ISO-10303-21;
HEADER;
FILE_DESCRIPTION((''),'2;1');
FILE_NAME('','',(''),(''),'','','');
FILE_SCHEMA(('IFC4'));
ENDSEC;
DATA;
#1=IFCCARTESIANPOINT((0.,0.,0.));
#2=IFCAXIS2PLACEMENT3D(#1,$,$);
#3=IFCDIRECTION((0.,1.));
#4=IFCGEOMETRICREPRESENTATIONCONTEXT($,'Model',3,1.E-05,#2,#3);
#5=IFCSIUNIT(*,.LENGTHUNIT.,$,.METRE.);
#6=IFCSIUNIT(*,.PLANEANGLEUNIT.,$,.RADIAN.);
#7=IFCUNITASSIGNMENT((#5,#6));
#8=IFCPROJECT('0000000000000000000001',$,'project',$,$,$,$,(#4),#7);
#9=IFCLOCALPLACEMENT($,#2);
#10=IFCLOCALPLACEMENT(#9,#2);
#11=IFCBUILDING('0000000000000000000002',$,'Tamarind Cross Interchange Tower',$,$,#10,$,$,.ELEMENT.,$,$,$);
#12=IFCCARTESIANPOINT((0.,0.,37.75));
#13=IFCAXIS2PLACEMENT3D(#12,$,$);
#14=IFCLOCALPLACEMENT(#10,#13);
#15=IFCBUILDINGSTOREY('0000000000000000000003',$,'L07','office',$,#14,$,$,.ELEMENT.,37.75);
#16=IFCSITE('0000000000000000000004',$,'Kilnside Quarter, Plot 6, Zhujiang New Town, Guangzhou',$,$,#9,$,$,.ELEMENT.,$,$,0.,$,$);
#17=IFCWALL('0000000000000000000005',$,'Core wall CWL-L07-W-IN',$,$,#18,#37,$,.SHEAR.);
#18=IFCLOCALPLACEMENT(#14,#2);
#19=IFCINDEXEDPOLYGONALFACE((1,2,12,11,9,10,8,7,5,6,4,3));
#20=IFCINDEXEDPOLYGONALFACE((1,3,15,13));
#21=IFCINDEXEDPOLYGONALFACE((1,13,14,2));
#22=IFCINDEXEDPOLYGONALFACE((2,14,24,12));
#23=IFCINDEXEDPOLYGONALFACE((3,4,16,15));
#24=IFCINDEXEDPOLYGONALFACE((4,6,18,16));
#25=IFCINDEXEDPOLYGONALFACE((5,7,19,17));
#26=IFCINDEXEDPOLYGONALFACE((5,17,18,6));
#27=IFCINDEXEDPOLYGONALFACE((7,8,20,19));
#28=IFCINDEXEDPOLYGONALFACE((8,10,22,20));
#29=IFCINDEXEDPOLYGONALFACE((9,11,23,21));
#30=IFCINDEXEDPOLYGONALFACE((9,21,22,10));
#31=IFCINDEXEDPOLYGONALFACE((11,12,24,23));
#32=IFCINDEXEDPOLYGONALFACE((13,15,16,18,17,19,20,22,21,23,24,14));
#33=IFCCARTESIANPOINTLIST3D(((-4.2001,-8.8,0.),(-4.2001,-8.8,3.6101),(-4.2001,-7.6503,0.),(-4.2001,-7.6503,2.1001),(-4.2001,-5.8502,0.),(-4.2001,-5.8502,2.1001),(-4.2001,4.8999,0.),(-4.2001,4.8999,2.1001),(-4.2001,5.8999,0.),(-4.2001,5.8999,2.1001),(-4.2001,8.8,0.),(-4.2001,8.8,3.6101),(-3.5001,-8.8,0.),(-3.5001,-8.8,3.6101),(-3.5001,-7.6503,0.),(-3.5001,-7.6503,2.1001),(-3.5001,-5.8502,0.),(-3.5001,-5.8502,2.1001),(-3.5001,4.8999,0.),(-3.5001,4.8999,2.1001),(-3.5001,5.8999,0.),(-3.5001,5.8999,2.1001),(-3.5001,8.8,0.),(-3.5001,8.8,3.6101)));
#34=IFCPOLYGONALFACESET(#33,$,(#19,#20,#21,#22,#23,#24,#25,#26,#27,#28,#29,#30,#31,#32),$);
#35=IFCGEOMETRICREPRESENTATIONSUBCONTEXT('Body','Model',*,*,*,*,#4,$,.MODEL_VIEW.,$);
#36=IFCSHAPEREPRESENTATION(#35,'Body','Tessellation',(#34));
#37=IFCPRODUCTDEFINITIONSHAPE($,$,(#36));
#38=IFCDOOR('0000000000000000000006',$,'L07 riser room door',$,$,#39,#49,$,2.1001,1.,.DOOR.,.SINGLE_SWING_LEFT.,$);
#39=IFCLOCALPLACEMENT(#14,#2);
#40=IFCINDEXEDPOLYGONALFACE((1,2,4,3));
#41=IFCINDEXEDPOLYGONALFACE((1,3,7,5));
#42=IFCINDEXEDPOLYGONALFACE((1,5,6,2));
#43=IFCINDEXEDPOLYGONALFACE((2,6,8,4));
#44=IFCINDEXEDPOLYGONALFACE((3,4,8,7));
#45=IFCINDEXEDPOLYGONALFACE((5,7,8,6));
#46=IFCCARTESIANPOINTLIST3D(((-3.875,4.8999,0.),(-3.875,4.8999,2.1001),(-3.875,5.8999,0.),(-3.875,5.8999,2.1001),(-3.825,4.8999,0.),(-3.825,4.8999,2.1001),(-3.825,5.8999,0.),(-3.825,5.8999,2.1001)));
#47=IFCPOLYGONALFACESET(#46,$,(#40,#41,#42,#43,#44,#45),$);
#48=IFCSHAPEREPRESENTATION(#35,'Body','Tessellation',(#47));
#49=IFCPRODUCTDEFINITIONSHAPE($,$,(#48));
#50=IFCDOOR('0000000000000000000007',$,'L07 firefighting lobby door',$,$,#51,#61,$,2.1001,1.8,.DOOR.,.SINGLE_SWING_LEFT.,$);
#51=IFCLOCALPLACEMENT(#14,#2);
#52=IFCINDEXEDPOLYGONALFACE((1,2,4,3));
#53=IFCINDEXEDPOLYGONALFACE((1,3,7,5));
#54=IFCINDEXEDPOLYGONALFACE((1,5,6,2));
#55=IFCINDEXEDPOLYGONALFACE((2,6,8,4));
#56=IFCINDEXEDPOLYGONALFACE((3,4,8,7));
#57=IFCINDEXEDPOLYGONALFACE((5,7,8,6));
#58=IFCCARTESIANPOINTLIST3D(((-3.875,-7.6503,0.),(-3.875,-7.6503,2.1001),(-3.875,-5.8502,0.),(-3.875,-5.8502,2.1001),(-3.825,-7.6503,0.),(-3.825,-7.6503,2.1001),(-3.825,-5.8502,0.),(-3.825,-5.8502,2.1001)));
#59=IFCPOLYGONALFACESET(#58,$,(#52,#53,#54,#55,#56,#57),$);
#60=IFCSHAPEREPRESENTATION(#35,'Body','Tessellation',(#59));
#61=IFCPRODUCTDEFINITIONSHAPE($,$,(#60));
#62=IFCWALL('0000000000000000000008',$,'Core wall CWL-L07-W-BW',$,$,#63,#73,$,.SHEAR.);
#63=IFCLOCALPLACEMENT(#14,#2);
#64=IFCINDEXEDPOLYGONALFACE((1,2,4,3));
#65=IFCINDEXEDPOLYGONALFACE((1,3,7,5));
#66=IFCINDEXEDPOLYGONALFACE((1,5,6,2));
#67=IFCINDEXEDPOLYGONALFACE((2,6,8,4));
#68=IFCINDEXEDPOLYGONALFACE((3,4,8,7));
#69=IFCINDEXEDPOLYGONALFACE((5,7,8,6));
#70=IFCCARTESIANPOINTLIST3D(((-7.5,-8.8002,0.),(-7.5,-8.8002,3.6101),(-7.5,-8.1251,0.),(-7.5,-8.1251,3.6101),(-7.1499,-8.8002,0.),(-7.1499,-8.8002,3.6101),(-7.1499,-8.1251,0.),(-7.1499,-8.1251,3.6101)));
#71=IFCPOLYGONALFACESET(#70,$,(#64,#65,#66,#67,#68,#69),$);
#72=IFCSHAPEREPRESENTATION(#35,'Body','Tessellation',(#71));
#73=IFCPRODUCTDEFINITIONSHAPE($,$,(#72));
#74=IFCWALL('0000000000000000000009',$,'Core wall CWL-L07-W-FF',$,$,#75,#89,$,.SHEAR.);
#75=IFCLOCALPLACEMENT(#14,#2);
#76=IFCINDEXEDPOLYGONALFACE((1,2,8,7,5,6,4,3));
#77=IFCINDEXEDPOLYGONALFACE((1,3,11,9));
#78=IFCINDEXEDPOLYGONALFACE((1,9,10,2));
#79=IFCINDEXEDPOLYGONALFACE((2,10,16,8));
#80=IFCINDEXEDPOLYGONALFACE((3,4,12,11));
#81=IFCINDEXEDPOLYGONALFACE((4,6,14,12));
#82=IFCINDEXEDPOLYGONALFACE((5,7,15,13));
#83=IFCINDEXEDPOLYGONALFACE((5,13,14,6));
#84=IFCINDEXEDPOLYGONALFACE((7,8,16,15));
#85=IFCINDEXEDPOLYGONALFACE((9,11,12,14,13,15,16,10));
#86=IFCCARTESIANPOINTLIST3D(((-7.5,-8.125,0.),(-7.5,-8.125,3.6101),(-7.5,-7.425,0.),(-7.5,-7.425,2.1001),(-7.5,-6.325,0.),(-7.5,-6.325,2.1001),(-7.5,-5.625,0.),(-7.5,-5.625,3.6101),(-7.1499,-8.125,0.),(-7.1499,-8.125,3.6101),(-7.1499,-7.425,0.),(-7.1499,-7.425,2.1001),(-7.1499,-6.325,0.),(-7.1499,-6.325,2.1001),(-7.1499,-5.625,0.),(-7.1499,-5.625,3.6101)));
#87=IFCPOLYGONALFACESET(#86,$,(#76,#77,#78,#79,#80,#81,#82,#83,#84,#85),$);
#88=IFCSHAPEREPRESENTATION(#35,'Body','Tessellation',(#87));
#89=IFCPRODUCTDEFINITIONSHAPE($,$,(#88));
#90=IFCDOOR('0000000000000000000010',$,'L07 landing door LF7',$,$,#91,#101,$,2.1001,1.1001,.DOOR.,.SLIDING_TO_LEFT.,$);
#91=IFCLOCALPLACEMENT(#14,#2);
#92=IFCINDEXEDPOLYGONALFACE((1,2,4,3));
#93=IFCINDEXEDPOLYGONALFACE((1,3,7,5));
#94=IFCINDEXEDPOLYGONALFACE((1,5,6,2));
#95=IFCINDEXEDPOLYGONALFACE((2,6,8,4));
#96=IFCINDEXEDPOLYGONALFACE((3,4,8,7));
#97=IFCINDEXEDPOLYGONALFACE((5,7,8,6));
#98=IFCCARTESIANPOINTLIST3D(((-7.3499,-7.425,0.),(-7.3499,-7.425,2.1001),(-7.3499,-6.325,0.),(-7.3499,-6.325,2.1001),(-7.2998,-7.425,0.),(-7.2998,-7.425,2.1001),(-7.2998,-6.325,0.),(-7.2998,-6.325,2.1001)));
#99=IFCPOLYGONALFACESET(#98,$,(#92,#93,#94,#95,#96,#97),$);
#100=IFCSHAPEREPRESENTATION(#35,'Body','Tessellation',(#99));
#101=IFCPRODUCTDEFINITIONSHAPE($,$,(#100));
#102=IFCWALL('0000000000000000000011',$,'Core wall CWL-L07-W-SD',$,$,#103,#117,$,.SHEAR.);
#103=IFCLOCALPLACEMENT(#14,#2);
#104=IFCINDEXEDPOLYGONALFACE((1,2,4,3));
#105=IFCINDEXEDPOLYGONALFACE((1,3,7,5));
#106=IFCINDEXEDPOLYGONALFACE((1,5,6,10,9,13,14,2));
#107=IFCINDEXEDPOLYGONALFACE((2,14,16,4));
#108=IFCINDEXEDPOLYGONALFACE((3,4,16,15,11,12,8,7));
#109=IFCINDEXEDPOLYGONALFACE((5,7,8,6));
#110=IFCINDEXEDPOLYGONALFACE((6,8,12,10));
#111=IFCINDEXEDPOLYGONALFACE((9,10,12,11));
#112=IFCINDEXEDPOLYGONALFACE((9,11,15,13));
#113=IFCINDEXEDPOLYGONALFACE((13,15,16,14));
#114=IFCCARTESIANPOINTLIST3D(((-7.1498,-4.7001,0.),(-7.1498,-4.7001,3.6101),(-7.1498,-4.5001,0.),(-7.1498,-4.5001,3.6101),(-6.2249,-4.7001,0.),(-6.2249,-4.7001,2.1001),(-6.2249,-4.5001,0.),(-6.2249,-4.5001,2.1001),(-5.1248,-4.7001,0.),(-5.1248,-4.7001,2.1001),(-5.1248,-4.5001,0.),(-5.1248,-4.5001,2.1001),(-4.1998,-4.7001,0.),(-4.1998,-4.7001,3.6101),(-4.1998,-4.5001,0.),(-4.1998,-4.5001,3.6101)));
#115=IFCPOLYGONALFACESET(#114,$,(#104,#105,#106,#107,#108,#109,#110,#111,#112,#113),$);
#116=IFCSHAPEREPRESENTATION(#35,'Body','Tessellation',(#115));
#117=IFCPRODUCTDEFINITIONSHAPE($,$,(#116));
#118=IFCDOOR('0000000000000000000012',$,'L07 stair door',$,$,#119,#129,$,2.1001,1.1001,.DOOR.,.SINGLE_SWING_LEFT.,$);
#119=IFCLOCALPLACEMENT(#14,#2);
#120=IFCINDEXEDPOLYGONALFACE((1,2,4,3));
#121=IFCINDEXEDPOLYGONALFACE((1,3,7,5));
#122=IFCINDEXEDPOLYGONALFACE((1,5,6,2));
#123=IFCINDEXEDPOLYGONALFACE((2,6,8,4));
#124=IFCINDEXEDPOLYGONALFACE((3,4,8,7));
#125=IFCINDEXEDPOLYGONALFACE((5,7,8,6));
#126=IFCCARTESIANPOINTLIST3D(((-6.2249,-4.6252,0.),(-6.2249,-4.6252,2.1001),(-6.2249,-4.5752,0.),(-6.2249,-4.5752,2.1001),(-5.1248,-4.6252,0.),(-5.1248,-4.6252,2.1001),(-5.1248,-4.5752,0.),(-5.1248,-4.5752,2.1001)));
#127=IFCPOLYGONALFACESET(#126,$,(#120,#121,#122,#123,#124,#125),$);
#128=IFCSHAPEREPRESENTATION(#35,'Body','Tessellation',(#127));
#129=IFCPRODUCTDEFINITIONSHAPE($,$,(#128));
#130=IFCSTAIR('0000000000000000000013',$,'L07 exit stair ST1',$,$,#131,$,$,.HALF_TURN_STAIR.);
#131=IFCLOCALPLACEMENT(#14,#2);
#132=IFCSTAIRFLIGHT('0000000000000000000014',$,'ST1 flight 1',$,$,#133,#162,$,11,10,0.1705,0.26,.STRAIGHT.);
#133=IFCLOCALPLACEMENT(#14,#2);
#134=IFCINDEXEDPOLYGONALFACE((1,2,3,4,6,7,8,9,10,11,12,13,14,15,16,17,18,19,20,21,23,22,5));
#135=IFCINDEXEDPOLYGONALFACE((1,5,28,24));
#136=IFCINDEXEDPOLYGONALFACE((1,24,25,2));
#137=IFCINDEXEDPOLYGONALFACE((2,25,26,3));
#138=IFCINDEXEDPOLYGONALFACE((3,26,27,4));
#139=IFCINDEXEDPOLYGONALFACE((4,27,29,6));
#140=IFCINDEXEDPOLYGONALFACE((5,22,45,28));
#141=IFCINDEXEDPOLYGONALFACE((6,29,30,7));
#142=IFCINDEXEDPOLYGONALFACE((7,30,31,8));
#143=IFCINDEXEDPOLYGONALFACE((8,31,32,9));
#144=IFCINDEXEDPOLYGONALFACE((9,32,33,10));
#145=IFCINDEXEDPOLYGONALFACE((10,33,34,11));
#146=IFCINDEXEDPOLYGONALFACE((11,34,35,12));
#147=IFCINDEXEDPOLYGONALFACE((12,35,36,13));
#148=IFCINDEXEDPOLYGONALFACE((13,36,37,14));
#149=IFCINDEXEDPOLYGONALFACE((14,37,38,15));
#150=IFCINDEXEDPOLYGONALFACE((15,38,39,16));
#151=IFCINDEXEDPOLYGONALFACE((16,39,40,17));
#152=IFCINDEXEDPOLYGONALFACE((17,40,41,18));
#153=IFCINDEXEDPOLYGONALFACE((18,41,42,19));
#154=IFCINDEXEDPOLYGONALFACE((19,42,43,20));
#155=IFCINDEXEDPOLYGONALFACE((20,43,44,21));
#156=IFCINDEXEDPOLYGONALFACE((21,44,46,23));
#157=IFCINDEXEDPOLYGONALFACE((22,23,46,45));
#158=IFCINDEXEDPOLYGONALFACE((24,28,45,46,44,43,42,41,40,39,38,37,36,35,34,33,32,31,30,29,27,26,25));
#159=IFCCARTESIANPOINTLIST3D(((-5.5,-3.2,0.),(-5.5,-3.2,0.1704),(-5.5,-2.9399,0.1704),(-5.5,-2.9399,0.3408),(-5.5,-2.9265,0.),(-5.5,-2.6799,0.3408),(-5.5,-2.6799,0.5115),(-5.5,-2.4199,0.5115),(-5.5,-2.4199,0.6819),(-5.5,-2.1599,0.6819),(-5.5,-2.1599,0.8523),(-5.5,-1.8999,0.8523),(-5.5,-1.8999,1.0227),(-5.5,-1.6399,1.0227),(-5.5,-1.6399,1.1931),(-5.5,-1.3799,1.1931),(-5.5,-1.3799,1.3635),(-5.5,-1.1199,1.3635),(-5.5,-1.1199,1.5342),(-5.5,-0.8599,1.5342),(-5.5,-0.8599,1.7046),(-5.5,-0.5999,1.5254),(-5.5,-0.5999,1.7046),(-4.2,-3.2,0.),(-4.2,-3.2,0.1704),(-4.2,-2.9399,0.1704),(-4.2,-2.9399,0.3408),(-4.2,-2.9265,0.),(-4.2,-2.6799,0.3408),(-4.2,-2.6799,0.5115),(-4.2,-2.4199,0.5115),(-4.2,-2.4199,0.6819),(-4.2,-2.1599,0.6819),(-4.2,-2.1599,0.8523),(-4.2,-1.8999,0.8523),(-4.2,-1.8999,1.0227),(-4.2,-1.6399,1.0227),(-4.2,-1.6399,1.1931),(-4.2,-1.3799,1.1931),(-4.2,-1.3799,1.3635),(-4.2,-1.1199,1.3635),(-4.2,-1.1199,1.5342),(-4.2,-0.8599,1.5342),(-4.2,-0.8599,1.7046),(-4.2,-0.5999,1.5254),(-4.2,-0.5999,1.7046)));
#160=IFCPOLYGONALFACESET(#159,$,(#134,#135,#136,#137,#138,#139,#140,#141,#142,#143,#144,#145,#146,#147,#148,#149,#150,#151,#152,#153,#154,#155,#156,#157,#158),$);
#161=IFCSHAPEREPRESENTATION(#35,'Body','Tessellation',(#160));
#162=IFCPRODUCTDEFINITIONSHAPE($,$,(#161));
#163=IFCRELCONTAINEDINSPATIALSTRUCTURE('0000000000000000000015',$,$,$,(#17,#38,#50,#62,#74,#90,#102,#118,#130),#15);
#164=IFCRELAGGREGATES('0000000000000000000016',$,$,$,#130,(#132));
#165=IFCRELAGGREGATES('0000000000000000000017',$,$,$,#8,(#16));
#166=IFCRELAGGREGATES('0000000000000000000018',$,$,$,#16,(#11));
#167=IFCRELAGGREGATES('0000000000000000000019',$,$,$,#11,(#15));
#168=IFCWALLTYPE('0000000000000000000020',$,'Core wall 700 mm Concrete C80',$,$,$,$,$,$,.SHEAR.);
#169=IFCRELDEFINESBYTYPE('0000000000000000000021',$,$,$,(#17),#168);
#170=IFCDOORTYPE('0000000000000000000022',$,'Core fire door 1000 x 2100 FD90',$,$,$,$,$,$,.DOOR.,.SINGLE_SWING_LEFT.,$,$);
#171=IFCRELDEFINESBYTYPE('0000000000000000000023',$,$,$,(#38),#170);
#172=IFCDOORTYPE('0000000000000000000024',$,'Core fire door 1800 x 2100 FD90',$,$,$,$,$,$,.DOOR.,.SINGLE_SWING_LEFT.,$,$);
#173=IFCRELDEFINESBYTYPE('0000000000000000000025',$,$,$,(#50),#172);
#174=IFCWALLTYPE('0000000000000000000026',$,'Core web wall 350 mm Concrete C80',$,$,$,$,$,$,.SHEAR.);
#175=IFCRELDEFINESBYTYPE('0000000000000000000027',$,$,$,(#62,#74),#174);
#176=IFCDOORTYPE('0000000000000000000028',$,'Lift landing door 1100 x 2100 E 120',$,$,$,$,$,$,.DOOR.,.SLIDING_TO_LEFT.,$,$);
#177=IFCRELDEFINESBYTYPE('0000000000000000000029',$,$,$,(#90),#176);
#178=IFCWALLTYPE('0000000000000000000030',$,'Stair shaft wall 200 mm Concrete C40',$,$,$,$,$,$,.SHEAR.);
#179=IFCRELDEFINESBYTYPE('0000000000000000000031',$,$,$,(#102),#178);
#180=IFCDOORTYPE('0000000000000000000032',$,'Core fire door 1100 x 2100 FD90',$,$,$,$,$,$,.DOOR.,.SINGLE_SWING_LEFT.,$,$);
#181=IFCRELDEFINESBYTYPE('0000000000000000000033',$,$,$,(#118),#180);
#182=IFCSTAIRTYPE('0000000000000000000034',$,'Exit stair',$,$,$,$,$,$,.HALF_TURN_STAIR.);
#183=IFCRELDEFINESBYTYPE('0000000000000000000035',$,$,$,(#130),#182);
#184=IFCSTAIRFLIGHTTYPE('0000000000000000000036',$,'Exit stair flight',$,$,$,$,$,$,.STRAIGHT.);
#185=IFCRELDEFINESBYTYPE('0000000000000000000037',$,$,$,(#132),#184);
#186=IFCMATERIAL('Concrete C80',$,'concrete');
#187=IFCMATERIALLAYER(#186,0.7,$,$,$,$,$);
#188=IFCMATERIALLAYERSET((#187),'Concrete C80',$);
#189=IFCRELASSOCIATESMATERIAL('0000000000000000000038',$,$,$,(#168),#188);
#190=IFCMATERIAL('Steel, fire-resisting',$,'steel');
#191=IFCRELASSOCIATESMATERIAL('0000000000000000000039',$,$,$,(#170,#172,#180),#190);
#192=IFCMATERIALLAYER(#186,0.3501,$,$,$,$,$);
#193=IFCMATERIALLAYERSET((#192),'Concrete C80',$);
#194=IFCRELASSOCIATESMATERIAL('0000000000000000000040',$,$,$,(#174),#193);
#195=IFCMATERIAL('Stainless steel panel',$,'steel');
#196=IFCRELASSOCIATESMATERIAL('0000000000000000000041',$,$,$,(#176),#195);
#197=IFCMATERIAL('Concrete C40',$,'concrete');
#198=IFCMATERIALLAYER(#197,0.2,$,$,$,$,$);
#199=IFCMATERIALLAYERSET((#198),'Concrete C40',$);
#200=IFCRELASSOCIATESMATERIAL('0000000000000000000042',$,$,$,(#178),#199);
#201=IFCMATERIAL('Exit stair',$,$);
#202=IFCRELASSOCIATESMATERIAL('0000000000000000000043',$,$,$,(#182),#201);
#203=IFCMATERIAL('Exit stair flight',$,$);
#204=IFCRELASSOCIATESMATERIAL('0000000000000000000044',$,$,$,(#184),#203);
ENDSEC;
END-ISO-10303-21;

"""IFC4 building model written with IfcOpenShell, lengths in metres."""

from ifc_helpers import new_model, si_unit, direction, frame, frame_2d, origin, place, context, subcontext, project, spatial, polyline, rectangle, outline, extrude, material, layer, layer_set, type_object, element, fill, aggregate, save


model = new_model("IFC4")

# Units and contexts
model_context = context("Model", 3, precision=1e-05, world=origin(), true_north=direction((0.0, 1.0)))
body_context = subcontext(model_context, "Body", "Model", "MODEL_VIEW")
ifc_project = project(units=[si_unit("LENGTHUNIT", "METRE"), si_unit("PLANEANGLEUNIT", "RADIAN")], contexts=[model_context])

# Site, building, storey
site_placement = place(None, origin())
site = spatial("IfcSite", under=ifc_project, at=site_placement, Name="Kilnside Quarter, Plot 6, Zhujiang New Town, Guangzhou", CompositionType="ELEMENT", RefElevation=0.0)
building_placement = place(site_placement, origin())
building = spatial("IfcBuilding", under=site, at=building_placement, Name="Tamarind Cross Interchange Tower", CompositionType="ELEMENT")
storey_placement = place(building_placement, frame((0.0, 0.0, 37.75)))
storey = spatial("IfcBuildingStorey", under=building, at=storey_placement, Name="L07", Description="office", CompositionType="ELEMENT", Elevation=37.75)

# Wall, openings, doors
ifc_material_1 = material(Name="Concrete C80", Category="concrete")
ifc_layer_1 = layer(ifc_material_1, 0.7)
ifc_layer_set_1 = layer_set([ifc_layer_1], Name="Concrete C80")
wall_type_1 = type_object("IfcWallType", Name="Core wall 700 mm Concrete C80", PredefinedType="SHEAR", material=ifc_layer_set_1)
wall_1_placement = place(storey_placement, frame((-3.8501, -8.8, 0.0), z_axis=(0.0, 0.0, 1.0), x_axis=(0.0, 1.0, 0.0)))
wall_1 = element("IfcWall", 1, at=wall_1_placement, inside=storey, type_object=wall_type_1, Name="Core wall CWL-L07-W-IN", PredefinedType="SHEAR", context=body_context, shape_type="SweptSolid", body=[
    extrude(rectangle(XDim=17.6001, YDim=0.7, at=frame_2d((8.8, 0.0))), origin(), (0.0, 0.0, 1.0), 3.6101),
])
opening_1_placement = place(wall_1_placement, frame((1.1499, 0.0, 0.0)))
opening_1 = element("IfcOpeningElement", 2, at=opening_1_placement, cuts=wall_1, PredefinedType="OPENING", context=body_context, shape_type="SweptSolid", body=[
    extrude(rectangle(XDim=1.8, YDim=2.1001, at=frame_2d((0.8999, 1.05))), frame((0.0, 0.3599, 0.0), z_axis=(0.0, -1.0, 0.0), x_axis=(1.0, 0.0, 0.0)), (0.0, 0.0, 1.0), 0.72),
])
opening_2_placement = place(wall_1_placement, frame((13.7, 0.0, 0.0)))
opening_2 = element("IfcOpeningElement", 3, at=opening_2_placement, cuts=wall_1, PredefinedType="OPENING", context=body_context, shape_type="SweptSolid", body=[
    extrude(rectangle(XDim=1.0, YDim=2.1001, at=frame_2d((0.5, 1.05))), frame((0.0, 0.3599, 0.0), z_axis=(0.0, -1.0, 0.0), x_axis=(1.0, 0.0, 0.0)), (0.0, 0.0, 1.0), 0.72),
])
ifc_material_2 = material(Name="Steel, fire-resisting", Category="steel")
door_type_1 = type_object("IfcDoorType", Name="Core fire door 1000 x 2100 FD90", OperationType="SINGLE_SWING_LEFT", PredefinedType="DOOR", material=ifc_material_2)
door_1_placement = place(opening_2_placement, origin())
door_1 = element("IfcDoor", 4, at=door_1_placement, inside=storey, type_object=door_type_1, Name="L07 riser room door", OperationType="SINGLE_SWING_LEFT", OverallHeight=2.1001, OverallWidth=1.0, PredefinedType="DOOR", context=body_context, shape_type="SweptSolid", body=[
    extrude(rectangle(XDim=1.0, YDim=2.1001, at=frame_2d((0.5, 1.05))), frame((0.0, 0.0249, 0.0), z_axis=(0.0, -1.0, 0.0), x_axis=(1.0, 0.0, 0.0)), (0.0, 0.0, 1.0), 0.05),
])
fill(opening_2, door_1)
door_type_2 = type_object("IfcDoorType", Name="Core fire door 1800 x 2100 FD90", OperationType="SINGLE_SWING_LEFT", PredefinedType="DOOR", material=ifc_material_2)
door_2_placement = place(opening_1_placement, origin())
door_2 = element("IfcDoor", 5, at=door_2_placement, inside=storey, type_object=door_type_2, Name="L07 firefighting lobby door", OperationType="SINGLE_SWING_LEFT", OverallHeight=2.1001, OverallWidth=1.8, PredefinedType="DOOR", context=body_context, shape_type="SweptSolid", body=[
    extrude(rectangle(XDim=1.8, YDim=2.1001, at=frame_2d((0.8999, 1.05))), frame((0.0, 0.0249, 0.0), z_axis=(0.0, -1.0, 0.0), x_axis=(1.0, 0.0, 0.0)), (0.0, 0.0, 1.0), 0.05),
])
fill(opening_1, door_2)

# Wall
ifc_layer_2 = layer(ifc_material_1, 0.3501)
ifc_layer_set_2 = layer_set([ifc_layer_2], Name="Concrete C80")
wall_type_2 = type_object("IfcWallType", Name="Core web wall 350 mm Concrete C80", PredefinedType="SHEAR", material=ifc_layer_set_2)
wall_2_placement = place(storey_placement, frame((-7.325, -8.8, 0.0), z_axis=(0.0, 0.0, 1.0), x_axis=(0.0, 1.0, 0.0)))
element("IfcWall", 6, at=wall_2_placement, inside=storey, type_object=wall_type_2, Name="Core wall CWL-L07-W-BW", PredefinedType="SHEAR", context=body_context, shape_type="SweptSolid", body=[
    extrude(rectangle(XDim=0.675, YDim=0.3501, at=frame_2d((0.3374, 0.0))), origin(), (0.0, 0.0, 1.0), 3.6101),
])

# Walls, openings, doors
wall_3_placement = place(storey_placement, frame((-7.325, -8.125, 0.0), z_axis=(0.0, 0.0, 1.0), x_axis=(0.0, 1.0, 0.0)))
wall_3 = element("IfcWall", 7, at=wall_3_placement, inside=storey, type_object=wall_type_2, Name="Core wall CWL-L07-W-FF", PredefinedType="SHEAR", context=body_context, shape_type="SweptSolid", body=[
    extrude(rectangle(XDim=2.5, YDim=0.3501, at=frame_2d((1.25, 0.0))), origin(), (0.0, 0.0, 1.0), 3.6101),
])
opening_3_placement = place(wall_3_placement, frame((0.7, 0.0, 0.0)))
opening_3 = element("IfcOpeningElement", 8, at=opening_3_placement, cuts=wall_3, PredefinedType="OPENING", context=body_context, shape_type="SweptSolid", body=[
    extrude(rectangle(XDim=1.1001, YDim=2.1001, at=frame_2d((0.55, 1.05))), frame((0.0, 0.1851, 0.0), z_axis=(0.0, -1.0, 0.0), x_axis=(1.0, 0.0, 0.0)), (0.0, 0.0, 1.0), 0.3701),
])
ifc_material_3 = material(Name="Stainless steel panel", Category="steel")
door_type_3 = type_object("IfcDoorType", Name="Lift landing door 1100 x 2100 E 120", OperationType="SLIDING_TO_LEFT", PredefinedType="DOOR", material=ifc_material_3)
door_3_placement = place(opening_3_placement, origin())
door_3 = element("IfcDoor", 9, at=door_3_placement, inside=storey, type_object=door_type_3, Name="L07 landing door LF7", OperationType="SLIDING_TO_LEFT", OverallHeight=2.1001, OverallWidth=1.1001, PredefinedType="DOOR", context=body_context, shape_type="SweptSolid", body=[
    extrude(rectangle(XDim=1.1001, YDim=2.1001, at=frame_2d((0.55, 1.05))), frame((0.0, 0.0249, 0.0), z_axis=(0.0, -1.0, 0.0), x_axis=(1.0, 0.0, 0.0)), (0.0, 0.0, 1.0), 0.05),
])
fill(opening_3, door_3)
ifc_material_4 = material(Name="Concrete C40", Category="concrete")
ifc_layer_3 = layer(ifc_material_4, 0.2)
ifc_layer_set_3 = layer_set([ifc_layer_3], Name="Concrete C40")
wall_type_3 = type_object("IfcWallType", Name="Stair shaft wall 200 mm Concrete C40", PredefinedType="SHEAR", material=ifc_layer_set_3)
wall_4_placement = place(storey_placement, frame((-7.1499, -4.6001, 0.0), z_axis=(0.0, 0.0, 1.0), x_axis=(1.0, 0.0, 0.0)))
wall_4 = element("IfcWall", 10, at=wall_4_placement, inside=storey, type_object=wall_type_3, Name="Core wall CWL-L07-W-SD", PredefinedType="SHEAR", context=body_context, shape_type="SweptSolid", body=[
    extrude(rectangle(XDim=2.95, YDim=0.2, at=frame_2d((1.4751, 0.0))), origin(), (0.0, 0.0, 1.0), 3.6101),
])
opening_4_placement = place(wall_4_placement, frame((0.925, 0.0, 0.0)))
opening_4 = element("IfcOpeningElement", 11, at=opening_4_placement, cuts=wall_4, PredefinedType="OPENING", context=body_context, shape_type="SweptSolid", body=[
    extrude(rectangle(XDim=1.1001, YDim=2.1001, at=frame_2d((0.55, 1.05))), frame((0.0, 0.1099, 0.0), z_axis=(0.0, -1.0, 0.0), x_axis=(1.0, 0.0, 0.0)), (0.0, 0.0, 1.0), 0.22),
])
door_type_4 = type_object("IfcDoorType", Name="Core fire door 1100 x 2100 FD90", OperationType="SINGLE_SWING_LEFT", PredefinedType="DOOR", material=ifc_material_2)
door_4_placement = place(opening_4_placement, origin())
door_4 = element("IfcDoor", 12, at=door_4_placement, inside=storey, type_object=door_type_4, Name="L07 stair door", OperationType="SINGLE_SWING_LEFT", OverallHeight=2.1001, OverallWidth=1.1001, PredefinedType="DOOR", context=body_context, shape_type="SweptSolid", body=[
    extrude(rectangle(XDim=1.1001, YDim=2.1001, at=frame_2d((0.55, 1.05))), frame((0.0, 0.0249, 0.0), z_axis=(0.0, -1.0, 0.0), x_axis=(1.0, 0.0, 0.0)), (0.0, 0.0, 1.0), 0.05),
])
fill(opening_4, door_4)

# Stair, stair flight
ifc_material_5 = material(Name="Exit stair")
stair_type = type_object("IfcStairType", Name="Exit stair", PredefinedType="HALF_TURN_STAIR", material=ifc_material_5)
stair_placement = place(storey_placement, origin())
stair = element("IfcStair", 13, at=stair_placement, inside=storey, type_object=stair_type, Name="L07 exit stair ST1", PredefinedType="HALF_TURN_STAIR")
ifc_material_6 = material(Name="Exit stair flight")
stair_flight_type = type_object("IfcStairFlightType", Name="Exit stair flight", PredefinedType="STRAIGHT", material=ifc_material_6)
stair_flight_1_placement = place(storey_placement, frame((-4.8501, -3.2, 0.0), z_axis=(0.0, 0.0, 1.0), x_axis=(0.0, 1.0, 0.0)))
stair_flight_1 = element("IfcStairFlight", 14, at=stair_flight_1_placement, type_object=stair_flight_type, Name="ST1 flight 1", NumberOfRisers=11, NumberOfTreads=10, PredefinedType="STRAIGHT", RiserHeight=0.1705, TreadLength=0.26, context=body_context, shape_type="SweptSolid", body=[
    extrude(outline(polyline([(0.0, 0.0), (0.0, 0.1704), (0.26, 0.1704), (0.26, 0.3408), (0.52, 0.3408), (0.52, 0.5115), (0.78, 0.5115), (0.78, 0.6819), (1.04, 0.6819), (1.04, 0.8523), (1.3, 0.8523), (1.3, 1.0227), (1.5601, 1.0227), (1.5601, 1.1931), (1.8201, 1.1931), (1.8201, 1.3635), (2.0801, 1.3635), (2.0801, 1.5342), (2.3401, 1.5342), (2.3401, 1.7046), (2.6001, 1.7046), (2.6001, 1.875), (2.6001, 1.5254), (0.2734, 0.0), (0.0, 0.0)])), frame((0.0, 0.6499, 0.0), z_axis=(0.0, -1.0, 0.0), x_axis=(1.0, 0.0, 0.0)), (0.0, 0.0, 1.0), 1.3),
])
aggregate(stair, [stair_flight_1])

save(model, "model.ifc")
